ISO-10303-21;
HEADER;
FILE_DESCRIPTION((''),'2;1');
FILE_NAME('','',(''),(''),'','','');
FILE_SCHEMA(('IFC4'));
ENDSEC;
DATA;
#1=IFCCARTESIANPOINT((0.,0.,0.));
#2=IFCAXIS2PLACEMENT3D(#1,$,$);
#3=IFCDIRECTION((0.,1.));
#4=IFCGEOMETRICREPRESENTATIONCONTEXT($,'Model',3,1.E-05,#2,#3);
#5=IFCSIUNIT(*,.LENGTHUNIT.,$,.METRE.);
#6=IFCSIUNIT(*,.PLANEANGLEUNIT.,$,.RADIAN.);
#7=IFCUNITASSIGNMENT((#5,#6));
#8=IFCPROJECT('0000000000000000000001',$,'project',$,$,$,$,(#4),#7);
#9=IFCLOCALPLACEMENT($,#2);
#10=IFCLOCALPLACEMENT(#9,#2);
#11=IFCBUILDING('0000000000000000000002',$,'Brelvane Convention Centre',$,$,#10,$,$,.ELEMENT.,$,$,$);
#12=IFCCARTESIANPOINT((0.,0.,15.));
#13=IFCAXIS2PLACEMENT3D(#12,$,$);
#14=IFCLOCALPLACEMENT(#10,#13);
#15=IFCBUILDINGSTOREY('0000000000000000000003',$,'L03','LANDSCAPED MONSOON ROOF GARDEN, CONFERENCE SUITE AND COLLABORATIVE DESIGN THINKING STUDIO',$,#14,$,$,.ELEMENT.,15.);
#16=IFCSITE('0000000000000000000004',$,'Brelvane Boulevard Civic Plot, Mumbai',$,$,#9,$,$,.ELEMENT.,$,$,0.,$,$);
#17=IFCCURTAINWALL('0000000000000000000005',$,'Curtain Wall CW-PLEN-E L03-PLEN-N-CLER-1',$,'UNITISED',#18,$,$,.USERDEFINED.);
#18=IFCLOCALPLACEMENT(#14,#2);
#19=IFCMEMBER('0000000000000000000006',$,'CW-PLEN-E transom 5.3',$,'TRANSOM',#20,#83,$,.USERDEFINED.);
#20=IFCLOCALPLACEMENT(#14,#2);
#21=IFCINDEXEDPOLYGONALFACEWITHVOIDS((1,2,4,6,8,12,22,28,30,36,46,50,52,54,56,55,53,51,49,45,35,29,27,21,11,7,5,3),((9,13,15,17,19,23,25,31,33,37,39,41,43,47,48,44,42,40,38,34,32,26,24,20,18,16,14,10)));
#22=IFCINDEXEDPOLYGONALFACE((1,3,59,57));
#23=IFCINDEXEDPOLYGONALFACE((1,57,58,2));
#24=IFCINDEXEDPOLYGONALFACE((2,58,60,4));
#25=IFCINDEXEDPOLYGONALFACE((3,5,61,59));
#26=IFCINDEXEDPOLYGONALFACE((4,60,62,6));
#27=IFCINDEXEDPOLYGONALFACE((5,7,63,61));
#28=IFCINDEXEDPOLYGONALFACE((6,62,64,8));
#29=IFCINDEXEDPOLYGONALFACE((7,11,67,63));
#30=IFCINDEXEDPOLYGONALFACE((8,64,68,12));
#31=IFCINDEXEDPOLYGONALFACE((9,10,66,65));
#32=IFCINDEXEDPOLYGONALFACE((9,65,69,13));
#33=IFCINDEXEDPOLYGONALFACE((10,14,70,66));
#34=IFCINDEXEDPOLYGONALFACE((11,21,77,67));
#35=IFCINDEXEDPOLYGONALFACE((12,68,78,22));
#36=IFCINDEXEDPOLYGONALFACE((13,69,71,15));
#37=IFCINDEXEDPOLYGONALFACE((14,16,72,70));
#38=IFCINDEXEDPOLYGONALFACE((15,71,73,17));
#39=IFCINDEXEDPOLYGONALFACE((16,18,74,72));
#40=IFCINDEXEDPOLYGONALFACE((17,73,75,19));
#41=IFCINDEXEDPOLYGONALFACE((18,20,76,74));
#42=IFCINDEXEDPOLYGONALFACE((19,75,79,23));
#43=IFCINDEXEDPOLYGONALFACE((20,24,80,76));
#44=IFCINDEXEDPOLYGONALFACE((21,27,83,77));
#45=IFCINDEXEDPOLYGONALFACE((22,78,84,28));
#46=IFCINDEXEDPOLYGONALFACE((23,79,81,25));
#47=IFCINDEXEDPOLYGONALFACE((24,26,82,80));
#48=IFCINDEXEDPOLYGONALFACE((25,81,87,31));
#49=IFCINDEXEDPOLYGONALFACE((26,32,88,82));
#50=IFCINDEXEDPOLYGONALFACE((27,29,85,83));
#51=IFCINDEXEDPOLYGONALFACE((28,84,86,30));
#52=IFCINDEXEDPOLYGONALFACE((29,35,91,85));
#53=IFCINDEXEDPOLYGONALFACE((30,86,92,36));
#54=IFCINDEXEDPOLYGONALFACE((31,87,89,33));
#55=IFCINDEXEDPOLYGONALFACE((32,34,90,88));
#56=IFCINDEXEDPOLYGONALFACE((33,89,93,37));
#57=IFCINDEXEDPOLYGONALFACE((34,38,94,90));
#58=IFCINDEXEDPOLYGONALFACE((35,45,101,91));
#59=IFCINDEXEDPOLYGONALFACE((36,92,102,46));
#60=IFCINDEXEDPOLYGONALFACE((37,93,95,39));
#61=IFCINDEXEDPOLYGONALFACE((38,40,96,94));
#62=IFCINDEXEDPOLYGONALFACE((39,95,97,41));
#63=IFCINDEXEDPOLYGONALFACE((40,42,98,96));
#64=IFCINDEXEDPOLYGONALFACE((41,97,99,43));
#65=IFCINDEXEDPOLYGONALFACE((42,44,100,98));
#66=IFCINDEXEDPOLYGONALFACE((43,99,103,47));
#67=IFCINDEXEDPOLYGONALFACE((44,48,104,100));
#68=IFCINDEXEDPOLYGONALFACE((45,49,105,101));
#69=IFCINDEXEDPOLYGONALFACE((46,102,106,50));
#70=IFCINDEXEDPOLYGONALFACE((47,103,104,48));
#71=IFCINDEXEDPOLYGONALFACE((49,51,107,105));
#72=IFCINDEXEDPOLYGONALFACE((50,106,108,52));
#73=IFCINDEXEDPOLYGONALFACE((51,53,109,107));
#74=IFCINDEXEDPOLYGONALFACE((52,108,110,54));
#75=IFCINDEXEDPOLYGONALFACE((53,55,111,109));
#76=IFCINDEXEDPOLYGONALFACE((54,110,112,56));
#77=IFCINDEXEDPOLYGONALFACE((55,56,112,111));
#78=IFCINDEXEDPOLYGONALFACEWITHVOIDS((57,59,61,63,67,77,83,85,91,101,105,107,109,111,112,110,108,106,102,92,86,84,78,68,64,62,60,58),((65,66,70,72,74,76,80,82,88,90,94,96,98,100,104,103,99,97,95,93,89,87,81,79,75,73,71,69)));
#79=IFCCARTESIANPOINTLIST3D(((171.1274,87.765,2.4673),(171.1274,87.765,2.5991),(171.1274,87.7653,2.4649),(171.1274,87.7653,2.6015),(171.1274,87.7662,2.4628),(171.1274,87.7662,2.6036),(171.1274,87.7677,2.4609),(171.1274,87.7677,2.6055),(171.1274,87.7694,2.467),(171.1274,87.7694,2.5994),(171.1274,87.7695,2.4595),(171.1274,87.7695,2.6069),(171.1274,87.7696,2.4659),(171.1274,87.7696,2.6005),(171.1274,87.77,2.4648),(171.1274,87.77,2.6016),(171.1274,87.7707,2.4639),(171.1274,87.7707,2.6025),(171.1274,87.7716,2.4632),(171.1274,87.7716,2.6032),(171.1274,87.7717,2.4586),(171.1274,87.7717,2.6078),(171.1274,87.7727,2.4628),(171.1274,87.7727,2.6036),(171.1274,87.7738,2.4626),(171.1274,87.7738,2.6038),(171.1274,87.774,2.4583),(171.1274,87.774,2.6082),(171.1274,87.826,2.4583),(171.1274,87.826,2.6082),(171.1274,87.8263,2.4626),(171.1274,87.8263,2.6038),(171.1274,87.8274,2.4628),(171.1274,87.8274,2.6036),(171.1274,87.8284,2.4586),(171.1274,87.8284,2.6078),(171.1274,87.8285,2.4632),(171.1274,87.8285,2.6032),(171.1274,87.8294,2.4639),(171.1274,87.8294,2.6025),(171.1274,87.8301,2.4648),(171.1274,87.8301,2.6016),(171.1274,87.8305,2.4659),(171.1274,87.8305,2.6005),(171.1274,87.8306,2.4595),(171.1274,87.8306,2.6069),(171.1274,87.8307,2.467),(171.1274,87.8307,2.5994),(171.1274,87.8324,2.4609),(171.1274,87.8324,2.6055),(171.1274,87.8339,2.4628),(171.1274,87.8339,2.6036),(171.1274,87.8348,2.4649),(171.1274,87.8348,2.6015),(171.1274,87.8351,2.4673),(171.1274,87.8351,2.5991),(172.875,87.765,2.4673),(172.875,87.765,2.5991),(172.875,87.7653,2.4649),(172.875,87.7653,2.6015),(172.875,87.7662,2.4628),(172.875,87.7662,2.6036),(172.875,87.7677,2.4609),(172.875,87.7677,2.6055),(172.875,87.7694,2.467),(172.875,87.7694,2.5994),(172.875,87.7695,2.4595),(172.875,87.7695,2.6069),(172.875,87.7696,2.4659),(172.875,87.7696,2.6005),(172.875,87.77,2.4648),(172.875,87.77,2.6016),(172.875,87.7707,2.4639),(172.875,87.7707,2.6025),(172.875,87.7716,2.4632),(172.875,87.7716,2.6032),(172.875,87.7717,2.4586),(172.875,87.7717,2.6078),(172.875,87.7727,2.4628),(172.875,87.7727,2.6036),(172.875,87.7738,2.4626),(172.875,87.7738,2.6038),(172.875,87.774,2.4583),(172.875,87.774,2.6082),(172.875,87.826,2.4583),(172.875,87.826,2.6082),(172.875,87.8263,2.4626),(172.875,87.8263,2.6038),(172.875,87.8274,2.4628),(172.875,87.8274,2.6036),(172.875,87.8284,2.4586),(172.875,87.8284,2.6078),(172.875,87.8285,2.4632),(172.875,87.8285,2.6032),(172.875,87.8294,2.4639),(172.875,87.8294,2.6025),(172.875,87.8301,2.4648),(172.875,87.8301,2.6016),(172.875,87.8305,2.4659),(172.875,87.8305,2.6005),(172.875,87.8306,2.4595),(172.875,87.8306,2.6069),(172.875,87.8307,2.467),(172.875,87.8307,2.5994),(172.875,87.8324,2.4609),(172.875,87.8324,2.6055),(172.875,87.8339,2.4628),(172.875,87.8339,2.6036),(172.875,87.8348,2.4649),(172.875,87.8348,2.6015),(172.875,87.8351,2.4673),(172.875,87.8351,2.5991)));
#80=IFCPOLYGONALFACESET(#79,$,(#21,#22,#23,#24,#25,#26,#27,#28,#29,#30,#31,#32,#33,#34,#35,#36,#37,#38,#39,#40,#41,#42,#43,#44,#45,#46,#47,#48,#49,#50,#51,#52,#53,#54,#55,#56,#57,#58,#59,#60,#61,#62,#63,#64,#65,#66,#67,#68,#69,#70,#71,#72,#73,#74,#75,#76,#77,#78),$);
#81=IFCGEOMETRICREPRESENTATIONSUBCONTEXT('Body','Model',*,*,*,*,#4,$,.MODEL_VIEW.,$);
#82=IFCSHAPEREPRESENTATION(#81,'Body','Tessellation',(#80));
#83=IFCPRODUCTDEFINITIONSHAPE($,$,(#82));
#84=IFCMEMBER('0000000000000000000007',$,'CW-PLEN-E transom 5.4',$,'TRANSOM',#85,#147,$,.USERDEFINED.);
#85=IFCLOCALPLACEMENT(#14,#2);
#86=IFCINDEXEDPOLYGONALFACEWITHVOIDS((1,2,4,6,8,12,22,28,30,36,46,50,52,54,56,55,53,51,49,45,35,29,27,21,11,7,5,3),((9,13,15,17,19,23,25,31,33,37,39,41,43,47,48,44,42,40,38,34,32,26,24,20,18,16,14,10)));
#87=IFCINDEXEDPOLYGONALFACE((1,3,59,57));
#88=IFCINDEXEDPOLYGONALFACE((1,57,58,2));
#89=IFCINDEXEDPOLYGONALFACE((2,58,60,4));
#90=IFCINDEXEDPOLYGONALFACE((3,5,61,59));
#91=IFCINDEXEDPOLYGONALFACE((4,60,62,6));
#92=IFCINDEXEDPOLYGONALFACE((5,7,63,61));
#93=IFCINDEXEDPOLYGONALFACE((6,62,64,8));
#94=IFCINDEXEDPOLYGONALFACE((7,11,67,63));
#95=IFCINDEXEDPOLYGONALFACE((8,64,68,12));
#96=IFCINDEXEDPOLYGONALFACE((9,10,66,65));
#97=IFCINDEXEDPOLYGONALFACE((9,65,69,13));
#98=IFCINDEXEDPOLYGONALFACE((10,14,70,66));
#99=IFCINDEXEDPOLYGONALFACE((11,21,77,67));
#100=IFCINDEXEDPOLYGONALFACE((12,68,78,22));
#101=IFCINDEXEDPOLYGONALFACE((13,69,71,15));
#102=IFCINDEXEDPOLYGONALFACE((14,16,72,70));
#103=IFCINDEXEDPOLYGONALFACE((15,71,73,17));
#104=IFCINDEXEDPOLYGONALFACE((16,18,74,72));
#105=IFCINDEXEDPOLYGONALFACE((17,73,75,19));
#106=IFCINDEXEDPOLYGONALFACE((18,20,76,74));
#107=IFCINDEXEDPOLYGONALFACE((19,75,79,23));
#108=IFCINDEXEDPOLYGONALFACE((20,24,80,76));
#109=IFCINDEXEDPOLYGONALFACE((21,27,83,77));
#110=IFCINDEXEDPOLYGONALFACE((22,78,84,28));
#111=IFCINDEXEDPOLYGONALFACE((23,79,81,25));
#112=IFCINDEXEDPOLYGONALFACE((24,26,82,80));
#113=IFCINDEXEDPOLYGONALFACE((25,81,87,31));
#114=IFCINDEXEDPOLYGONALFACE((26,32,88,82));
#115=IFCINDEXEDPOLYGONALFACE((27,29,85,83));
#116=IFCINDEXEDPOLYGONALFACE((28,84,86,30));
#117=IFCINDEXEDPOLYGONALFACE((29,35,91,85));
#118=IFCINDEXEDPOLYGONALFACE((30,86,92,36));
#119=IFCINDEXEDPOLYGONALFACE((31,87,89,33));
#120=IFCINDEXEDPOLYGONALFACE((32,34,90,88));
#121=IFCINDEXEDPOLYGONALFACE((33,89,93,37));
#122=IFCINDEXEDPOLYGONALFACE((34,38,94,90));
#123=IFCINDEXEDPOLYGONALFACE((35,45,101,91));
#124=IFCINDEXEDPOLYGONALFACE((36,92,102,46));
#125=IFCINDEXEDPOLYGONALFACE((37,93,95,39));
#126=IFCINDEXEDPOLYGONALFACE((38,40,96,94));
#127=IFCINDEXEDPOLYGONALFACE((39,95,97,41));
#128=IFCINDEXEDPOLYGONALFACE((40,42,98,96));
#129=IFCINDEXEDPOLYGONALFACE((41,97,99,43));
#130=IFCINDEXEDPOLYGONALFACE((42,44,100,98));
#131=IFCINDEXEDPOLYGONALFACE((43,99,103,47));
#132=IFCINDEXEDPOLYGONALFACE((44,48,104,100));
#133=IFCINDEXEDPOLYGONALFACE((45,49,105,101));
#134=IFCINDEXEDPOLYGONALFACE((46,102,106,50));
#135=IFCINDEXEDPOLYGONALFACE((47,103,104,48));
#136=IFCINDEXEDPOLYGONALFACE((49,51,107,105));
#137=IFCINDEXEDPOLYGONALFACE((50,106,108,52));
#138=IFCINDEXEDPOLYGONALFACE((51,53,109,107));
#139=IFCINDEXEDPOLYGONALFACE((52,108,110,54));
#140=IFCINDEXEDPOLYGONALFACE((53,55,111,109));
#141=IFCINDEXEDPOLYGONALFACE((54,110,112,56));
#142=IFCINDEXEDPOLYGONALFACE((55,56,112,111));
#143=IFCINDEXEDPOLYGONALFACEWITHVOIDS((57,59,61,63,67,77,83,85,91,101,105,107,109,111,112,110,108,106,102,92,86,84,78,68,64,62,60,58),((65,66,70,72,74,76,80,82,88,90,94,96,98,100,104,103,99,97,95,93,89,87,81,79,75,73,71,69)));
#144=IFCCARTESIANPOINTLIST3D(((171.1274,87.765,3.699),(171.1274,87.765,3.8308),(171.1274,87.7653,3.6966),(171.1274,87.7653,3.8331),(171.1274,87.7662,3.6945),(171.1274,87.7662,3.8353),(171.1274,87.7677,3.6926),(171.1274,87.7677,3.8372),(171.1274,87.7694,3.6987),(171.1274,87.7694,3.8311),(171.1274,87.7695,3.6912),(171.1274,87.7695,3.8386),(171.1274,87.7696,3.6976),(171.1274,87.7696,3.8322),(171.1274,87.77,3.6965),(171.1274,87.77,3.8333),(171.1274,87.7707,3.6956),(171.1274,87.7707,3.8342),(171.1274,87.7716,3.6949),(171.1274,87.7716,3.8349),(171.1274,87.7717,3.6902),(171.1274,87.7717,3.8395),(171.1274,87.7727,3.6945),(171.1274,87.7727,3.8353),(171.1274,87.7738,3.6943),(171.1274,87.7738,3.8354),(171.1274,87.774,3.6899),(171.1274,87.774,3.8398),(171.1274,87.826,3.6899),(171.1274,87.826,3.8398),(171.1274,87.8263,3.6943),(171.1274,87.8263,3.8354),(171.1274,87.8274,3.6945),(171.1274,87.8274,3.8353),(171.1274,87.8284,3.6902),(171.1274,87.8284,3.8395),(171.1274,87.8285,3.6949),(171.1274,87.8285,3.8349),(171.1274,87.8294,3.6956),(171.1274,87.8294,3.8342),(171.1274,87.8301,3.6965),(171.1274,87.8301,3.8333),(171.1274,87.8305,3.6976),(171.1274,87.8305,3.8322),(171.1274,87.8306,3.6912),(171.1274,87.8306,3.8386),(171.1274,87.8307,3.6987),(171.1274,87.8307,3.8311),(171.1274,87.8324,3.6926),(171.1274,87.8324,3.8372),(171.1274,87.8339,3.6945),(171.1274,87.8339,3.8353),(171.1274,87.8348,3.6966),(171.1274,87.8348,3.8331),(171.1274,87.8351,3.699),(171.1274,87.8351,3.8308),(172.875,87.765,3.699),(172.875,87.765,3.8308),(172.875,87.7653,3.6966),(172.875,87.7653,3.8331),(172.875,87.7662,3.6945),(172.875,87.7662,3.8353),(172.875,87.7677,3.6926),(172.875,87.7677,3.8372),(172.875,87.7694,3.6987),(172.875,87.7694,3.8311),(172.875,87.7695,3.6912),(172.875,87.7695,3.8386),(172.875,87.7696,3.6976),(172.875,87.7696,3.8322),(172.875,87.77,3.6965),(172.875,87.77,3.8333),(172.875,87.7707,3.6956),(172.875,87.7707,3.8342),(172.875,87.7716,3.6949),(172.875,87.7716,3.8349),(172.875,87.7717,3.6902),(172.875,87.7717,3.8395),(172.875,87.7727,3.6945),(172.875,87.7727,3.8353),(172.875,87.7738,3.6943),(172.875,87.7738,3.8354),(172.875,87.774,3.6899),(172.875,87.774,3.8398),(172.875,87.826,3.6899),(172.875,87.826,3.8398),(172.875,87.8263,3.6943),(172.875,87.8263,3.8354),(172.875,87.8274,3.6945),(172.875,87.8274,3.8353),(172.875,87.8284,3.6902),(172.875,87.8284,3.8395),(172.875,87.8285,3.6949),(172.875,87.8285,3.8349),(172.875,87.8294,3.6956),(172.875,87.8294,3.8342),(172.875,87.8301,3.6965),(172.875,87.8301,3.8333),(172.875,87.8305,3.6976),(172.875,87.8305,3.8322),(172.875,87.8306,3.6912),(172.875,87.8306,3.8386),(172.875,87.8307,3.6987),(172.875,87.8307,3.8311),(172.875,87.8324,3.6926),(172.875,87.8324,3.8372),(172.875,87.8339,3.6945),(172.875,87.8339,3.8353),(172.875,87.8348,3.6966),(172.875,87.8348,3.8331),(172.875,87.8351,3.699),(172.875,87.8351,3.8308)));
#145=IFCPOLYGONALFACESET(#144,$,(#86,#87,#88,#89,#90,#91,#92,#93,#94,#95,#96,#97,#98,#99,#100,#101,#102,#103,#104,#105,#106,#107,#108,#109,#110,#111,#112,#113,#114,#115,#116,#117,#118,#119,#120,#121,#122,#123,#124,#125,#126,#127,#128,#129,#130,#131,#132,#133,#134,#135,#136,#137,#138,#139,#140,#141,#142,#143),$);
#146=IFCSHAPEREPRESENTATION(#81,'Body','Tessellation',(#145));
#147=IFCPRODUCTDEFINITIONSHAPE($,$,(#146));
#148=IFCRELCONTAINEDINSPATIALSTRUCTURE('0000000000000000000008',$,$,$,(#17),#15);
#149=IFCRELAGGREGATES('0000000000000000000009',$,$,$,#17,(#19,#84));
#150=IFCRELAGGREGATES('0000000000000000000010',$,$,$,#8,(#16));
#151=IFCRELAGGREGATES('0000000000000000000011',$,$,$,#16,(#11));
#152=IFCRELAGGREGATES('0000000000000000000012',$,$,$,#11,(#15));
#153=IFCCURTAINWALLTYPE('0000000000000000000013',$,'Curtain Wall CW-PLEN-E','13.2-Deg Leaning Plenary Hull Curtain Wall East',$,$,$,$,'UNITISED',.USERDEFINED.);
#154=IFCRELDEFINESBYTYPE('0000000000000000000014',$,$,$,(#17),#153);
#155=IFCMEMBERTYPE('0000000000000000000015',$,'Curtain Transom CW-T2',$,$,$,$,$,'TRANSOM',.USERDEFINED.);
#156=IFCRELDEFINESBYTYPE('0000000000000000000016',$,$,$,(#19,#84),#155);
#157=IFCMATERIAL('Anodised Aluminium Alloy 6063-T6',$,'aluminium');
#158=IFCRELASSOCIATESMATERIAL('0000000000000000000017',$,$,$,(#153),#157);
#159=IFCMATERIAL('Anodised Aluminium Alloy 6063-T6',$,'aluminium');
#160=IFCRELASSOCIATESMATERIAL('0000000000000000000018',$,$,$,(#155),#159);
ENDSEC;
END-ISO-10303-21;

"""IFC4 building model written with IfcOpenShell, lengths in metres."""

from ifc_helpers import new_model, si_unit, direction, frame, origin, origin_2d, place, context, subcontext, project, spatial, hollow_rectangle, extrude, material, material_profile, profile_set, type_object, element, aggregate, save


model = new_model("IFC4")

# Units and contexts
model_context = context("Model", 3, precision=1e-05, world=origin(), true_north=direction((0.0, 1.0)))
body_context = subcontext(model_context, "Body", "Model", "MODEL_VIEW")
ifc_project = project(units=[si_unit("LENGTHUNIT", "METRE"), si_unit("PLANEANGLEUNIT", "RADIAN")], contexts=[model_context])

# Site, building, storey
site_placement = place(None, origin())
site = spatial("IfcSite", under=ifc_project, at=site_placement, Name="Brelvane Boulevard Civic Plot, Mumbai", CompositionType="ELEMENT", RefElevation=0.0)
building_placement = place(site_placement, origin())
building = spatial("IfcBuilding", under=site, at=building_placement, Name="Brelvane Convention Centre", CompositionType="ELEMENT")
storey_placement = place(building_placement, frame((0.0, 0.0, 15.0)))
storey = spatial("IfcBuildingStorey", under=building, at=storey_placement, Name="L03", Description="LANDSCAPED MONSOON ROOF GARDEN, CONFERENCE SUITE AND COLLABORATIVE DESIGN THINKING STUDIO", CompositionType="ELEMENT", Elevation=15.0)

# Curtain wall
ifc_material_1 = material(Name="Anodised Aluminium Alloy 6063-T6", Category="aluminium")
curtain_wall_type = type_object("IfcCurtainWallType", Name="Curtain Wall CW-PLEN-E", Description="13.2-Deg Leaning Plenary Hull Curtain Wall East", ElementType="UNITISED", PredefinedType="USERDEFINED", material=ifc_material_1)
curtain_wall_1_placement = place(storey_placement, origin())
curtain_wall_1 = element("IfcCurtainWall", 1, at=curtain_wall_1_placement, inside=storey, type_object=curtain_wall_type, Name="Curtain Wall CW-PLEN-E L03-PLEN-N-CLER-1", ObjectType="UNITISED", PredefinedType="USERDEFINED")

# Members
ifc_material_2 = material(Name="Anodised Aluminium Alloy 6063-T6", Category="aluminium")
ifc_material_profile_1 = material_profile(ifc_material_2, hollow_rectangle(XDim=0.0701, YDim=0.1499, WallThickness=0.0044, InnerFilletRadius=0.0044, OuterFilletRadius=0.009, at=origin_2d()), Name="ALU-T 150x70x4.5")
ifc_profile_set_1 = profile_set([ifc_material_profile_1], Name="Anodised Aluminium Alloy 6063-T6")
member_type_1 = type_object("IfcMemberType", Name="Curtain Transom CW-T2", ElementType="TRANSOM", PredefinedType="USERDEFINED", material=ifc_profile_set_1)
member_1_placement = place(storey_placement, frame((171.1274, 87.8, 2.5332), z_axis=(1.0, 0.0, 0.0), x_axis=(0.0, 1.0, 0.0)))
member_1 = element("IfcMember", 2, at=member_1_placement, type_object=member_type_1, Name="CW-PLEN-E transom 5.3", ObjectType="TRANSOM", PredefinedType="USERDEFINED", context=body_context, shape_type="SweptSolid", body=[
    extrude(hollow_rectangle(XDim=0.0701, YDim=0.1499, WallThickness=0.0044, InnerFilletRadius=0.0044, OuterFilletRadius=0.009, at=origin_2d()), origin(), (0.0, 0.0, 1.0), 1.7476),
])
member_2_placement = place(storey_placement, frame((171.1274, 87.8, 3.7649), z_axis=(1.0, 0.0, 0.0), x_axis=(0.0, 1.0, 0.0)))
member_2 = element("IfcMember", 3, at=member_2_placement, type_object=member_type_1, Name="CW-PLEN-E transom 5.4", ObjectType="TRANSOM", PredefinedType="USERDEFINED", context=body_context, shape_type="SweptSolid", body=[
    extrude(hollow_rectangle(XDim=0.0701, YDim=0.1499, WallThickness=0.0044, InnerFilletRadius=0.0044, OuterFilletRadius=0.009, at=origin_2d()), origin(), (0.0, 0.0, 1.0), 1.7476),
])

aggregate(curtain_wall_1, [member_1, member_2])

save(model, "model.ifc")
